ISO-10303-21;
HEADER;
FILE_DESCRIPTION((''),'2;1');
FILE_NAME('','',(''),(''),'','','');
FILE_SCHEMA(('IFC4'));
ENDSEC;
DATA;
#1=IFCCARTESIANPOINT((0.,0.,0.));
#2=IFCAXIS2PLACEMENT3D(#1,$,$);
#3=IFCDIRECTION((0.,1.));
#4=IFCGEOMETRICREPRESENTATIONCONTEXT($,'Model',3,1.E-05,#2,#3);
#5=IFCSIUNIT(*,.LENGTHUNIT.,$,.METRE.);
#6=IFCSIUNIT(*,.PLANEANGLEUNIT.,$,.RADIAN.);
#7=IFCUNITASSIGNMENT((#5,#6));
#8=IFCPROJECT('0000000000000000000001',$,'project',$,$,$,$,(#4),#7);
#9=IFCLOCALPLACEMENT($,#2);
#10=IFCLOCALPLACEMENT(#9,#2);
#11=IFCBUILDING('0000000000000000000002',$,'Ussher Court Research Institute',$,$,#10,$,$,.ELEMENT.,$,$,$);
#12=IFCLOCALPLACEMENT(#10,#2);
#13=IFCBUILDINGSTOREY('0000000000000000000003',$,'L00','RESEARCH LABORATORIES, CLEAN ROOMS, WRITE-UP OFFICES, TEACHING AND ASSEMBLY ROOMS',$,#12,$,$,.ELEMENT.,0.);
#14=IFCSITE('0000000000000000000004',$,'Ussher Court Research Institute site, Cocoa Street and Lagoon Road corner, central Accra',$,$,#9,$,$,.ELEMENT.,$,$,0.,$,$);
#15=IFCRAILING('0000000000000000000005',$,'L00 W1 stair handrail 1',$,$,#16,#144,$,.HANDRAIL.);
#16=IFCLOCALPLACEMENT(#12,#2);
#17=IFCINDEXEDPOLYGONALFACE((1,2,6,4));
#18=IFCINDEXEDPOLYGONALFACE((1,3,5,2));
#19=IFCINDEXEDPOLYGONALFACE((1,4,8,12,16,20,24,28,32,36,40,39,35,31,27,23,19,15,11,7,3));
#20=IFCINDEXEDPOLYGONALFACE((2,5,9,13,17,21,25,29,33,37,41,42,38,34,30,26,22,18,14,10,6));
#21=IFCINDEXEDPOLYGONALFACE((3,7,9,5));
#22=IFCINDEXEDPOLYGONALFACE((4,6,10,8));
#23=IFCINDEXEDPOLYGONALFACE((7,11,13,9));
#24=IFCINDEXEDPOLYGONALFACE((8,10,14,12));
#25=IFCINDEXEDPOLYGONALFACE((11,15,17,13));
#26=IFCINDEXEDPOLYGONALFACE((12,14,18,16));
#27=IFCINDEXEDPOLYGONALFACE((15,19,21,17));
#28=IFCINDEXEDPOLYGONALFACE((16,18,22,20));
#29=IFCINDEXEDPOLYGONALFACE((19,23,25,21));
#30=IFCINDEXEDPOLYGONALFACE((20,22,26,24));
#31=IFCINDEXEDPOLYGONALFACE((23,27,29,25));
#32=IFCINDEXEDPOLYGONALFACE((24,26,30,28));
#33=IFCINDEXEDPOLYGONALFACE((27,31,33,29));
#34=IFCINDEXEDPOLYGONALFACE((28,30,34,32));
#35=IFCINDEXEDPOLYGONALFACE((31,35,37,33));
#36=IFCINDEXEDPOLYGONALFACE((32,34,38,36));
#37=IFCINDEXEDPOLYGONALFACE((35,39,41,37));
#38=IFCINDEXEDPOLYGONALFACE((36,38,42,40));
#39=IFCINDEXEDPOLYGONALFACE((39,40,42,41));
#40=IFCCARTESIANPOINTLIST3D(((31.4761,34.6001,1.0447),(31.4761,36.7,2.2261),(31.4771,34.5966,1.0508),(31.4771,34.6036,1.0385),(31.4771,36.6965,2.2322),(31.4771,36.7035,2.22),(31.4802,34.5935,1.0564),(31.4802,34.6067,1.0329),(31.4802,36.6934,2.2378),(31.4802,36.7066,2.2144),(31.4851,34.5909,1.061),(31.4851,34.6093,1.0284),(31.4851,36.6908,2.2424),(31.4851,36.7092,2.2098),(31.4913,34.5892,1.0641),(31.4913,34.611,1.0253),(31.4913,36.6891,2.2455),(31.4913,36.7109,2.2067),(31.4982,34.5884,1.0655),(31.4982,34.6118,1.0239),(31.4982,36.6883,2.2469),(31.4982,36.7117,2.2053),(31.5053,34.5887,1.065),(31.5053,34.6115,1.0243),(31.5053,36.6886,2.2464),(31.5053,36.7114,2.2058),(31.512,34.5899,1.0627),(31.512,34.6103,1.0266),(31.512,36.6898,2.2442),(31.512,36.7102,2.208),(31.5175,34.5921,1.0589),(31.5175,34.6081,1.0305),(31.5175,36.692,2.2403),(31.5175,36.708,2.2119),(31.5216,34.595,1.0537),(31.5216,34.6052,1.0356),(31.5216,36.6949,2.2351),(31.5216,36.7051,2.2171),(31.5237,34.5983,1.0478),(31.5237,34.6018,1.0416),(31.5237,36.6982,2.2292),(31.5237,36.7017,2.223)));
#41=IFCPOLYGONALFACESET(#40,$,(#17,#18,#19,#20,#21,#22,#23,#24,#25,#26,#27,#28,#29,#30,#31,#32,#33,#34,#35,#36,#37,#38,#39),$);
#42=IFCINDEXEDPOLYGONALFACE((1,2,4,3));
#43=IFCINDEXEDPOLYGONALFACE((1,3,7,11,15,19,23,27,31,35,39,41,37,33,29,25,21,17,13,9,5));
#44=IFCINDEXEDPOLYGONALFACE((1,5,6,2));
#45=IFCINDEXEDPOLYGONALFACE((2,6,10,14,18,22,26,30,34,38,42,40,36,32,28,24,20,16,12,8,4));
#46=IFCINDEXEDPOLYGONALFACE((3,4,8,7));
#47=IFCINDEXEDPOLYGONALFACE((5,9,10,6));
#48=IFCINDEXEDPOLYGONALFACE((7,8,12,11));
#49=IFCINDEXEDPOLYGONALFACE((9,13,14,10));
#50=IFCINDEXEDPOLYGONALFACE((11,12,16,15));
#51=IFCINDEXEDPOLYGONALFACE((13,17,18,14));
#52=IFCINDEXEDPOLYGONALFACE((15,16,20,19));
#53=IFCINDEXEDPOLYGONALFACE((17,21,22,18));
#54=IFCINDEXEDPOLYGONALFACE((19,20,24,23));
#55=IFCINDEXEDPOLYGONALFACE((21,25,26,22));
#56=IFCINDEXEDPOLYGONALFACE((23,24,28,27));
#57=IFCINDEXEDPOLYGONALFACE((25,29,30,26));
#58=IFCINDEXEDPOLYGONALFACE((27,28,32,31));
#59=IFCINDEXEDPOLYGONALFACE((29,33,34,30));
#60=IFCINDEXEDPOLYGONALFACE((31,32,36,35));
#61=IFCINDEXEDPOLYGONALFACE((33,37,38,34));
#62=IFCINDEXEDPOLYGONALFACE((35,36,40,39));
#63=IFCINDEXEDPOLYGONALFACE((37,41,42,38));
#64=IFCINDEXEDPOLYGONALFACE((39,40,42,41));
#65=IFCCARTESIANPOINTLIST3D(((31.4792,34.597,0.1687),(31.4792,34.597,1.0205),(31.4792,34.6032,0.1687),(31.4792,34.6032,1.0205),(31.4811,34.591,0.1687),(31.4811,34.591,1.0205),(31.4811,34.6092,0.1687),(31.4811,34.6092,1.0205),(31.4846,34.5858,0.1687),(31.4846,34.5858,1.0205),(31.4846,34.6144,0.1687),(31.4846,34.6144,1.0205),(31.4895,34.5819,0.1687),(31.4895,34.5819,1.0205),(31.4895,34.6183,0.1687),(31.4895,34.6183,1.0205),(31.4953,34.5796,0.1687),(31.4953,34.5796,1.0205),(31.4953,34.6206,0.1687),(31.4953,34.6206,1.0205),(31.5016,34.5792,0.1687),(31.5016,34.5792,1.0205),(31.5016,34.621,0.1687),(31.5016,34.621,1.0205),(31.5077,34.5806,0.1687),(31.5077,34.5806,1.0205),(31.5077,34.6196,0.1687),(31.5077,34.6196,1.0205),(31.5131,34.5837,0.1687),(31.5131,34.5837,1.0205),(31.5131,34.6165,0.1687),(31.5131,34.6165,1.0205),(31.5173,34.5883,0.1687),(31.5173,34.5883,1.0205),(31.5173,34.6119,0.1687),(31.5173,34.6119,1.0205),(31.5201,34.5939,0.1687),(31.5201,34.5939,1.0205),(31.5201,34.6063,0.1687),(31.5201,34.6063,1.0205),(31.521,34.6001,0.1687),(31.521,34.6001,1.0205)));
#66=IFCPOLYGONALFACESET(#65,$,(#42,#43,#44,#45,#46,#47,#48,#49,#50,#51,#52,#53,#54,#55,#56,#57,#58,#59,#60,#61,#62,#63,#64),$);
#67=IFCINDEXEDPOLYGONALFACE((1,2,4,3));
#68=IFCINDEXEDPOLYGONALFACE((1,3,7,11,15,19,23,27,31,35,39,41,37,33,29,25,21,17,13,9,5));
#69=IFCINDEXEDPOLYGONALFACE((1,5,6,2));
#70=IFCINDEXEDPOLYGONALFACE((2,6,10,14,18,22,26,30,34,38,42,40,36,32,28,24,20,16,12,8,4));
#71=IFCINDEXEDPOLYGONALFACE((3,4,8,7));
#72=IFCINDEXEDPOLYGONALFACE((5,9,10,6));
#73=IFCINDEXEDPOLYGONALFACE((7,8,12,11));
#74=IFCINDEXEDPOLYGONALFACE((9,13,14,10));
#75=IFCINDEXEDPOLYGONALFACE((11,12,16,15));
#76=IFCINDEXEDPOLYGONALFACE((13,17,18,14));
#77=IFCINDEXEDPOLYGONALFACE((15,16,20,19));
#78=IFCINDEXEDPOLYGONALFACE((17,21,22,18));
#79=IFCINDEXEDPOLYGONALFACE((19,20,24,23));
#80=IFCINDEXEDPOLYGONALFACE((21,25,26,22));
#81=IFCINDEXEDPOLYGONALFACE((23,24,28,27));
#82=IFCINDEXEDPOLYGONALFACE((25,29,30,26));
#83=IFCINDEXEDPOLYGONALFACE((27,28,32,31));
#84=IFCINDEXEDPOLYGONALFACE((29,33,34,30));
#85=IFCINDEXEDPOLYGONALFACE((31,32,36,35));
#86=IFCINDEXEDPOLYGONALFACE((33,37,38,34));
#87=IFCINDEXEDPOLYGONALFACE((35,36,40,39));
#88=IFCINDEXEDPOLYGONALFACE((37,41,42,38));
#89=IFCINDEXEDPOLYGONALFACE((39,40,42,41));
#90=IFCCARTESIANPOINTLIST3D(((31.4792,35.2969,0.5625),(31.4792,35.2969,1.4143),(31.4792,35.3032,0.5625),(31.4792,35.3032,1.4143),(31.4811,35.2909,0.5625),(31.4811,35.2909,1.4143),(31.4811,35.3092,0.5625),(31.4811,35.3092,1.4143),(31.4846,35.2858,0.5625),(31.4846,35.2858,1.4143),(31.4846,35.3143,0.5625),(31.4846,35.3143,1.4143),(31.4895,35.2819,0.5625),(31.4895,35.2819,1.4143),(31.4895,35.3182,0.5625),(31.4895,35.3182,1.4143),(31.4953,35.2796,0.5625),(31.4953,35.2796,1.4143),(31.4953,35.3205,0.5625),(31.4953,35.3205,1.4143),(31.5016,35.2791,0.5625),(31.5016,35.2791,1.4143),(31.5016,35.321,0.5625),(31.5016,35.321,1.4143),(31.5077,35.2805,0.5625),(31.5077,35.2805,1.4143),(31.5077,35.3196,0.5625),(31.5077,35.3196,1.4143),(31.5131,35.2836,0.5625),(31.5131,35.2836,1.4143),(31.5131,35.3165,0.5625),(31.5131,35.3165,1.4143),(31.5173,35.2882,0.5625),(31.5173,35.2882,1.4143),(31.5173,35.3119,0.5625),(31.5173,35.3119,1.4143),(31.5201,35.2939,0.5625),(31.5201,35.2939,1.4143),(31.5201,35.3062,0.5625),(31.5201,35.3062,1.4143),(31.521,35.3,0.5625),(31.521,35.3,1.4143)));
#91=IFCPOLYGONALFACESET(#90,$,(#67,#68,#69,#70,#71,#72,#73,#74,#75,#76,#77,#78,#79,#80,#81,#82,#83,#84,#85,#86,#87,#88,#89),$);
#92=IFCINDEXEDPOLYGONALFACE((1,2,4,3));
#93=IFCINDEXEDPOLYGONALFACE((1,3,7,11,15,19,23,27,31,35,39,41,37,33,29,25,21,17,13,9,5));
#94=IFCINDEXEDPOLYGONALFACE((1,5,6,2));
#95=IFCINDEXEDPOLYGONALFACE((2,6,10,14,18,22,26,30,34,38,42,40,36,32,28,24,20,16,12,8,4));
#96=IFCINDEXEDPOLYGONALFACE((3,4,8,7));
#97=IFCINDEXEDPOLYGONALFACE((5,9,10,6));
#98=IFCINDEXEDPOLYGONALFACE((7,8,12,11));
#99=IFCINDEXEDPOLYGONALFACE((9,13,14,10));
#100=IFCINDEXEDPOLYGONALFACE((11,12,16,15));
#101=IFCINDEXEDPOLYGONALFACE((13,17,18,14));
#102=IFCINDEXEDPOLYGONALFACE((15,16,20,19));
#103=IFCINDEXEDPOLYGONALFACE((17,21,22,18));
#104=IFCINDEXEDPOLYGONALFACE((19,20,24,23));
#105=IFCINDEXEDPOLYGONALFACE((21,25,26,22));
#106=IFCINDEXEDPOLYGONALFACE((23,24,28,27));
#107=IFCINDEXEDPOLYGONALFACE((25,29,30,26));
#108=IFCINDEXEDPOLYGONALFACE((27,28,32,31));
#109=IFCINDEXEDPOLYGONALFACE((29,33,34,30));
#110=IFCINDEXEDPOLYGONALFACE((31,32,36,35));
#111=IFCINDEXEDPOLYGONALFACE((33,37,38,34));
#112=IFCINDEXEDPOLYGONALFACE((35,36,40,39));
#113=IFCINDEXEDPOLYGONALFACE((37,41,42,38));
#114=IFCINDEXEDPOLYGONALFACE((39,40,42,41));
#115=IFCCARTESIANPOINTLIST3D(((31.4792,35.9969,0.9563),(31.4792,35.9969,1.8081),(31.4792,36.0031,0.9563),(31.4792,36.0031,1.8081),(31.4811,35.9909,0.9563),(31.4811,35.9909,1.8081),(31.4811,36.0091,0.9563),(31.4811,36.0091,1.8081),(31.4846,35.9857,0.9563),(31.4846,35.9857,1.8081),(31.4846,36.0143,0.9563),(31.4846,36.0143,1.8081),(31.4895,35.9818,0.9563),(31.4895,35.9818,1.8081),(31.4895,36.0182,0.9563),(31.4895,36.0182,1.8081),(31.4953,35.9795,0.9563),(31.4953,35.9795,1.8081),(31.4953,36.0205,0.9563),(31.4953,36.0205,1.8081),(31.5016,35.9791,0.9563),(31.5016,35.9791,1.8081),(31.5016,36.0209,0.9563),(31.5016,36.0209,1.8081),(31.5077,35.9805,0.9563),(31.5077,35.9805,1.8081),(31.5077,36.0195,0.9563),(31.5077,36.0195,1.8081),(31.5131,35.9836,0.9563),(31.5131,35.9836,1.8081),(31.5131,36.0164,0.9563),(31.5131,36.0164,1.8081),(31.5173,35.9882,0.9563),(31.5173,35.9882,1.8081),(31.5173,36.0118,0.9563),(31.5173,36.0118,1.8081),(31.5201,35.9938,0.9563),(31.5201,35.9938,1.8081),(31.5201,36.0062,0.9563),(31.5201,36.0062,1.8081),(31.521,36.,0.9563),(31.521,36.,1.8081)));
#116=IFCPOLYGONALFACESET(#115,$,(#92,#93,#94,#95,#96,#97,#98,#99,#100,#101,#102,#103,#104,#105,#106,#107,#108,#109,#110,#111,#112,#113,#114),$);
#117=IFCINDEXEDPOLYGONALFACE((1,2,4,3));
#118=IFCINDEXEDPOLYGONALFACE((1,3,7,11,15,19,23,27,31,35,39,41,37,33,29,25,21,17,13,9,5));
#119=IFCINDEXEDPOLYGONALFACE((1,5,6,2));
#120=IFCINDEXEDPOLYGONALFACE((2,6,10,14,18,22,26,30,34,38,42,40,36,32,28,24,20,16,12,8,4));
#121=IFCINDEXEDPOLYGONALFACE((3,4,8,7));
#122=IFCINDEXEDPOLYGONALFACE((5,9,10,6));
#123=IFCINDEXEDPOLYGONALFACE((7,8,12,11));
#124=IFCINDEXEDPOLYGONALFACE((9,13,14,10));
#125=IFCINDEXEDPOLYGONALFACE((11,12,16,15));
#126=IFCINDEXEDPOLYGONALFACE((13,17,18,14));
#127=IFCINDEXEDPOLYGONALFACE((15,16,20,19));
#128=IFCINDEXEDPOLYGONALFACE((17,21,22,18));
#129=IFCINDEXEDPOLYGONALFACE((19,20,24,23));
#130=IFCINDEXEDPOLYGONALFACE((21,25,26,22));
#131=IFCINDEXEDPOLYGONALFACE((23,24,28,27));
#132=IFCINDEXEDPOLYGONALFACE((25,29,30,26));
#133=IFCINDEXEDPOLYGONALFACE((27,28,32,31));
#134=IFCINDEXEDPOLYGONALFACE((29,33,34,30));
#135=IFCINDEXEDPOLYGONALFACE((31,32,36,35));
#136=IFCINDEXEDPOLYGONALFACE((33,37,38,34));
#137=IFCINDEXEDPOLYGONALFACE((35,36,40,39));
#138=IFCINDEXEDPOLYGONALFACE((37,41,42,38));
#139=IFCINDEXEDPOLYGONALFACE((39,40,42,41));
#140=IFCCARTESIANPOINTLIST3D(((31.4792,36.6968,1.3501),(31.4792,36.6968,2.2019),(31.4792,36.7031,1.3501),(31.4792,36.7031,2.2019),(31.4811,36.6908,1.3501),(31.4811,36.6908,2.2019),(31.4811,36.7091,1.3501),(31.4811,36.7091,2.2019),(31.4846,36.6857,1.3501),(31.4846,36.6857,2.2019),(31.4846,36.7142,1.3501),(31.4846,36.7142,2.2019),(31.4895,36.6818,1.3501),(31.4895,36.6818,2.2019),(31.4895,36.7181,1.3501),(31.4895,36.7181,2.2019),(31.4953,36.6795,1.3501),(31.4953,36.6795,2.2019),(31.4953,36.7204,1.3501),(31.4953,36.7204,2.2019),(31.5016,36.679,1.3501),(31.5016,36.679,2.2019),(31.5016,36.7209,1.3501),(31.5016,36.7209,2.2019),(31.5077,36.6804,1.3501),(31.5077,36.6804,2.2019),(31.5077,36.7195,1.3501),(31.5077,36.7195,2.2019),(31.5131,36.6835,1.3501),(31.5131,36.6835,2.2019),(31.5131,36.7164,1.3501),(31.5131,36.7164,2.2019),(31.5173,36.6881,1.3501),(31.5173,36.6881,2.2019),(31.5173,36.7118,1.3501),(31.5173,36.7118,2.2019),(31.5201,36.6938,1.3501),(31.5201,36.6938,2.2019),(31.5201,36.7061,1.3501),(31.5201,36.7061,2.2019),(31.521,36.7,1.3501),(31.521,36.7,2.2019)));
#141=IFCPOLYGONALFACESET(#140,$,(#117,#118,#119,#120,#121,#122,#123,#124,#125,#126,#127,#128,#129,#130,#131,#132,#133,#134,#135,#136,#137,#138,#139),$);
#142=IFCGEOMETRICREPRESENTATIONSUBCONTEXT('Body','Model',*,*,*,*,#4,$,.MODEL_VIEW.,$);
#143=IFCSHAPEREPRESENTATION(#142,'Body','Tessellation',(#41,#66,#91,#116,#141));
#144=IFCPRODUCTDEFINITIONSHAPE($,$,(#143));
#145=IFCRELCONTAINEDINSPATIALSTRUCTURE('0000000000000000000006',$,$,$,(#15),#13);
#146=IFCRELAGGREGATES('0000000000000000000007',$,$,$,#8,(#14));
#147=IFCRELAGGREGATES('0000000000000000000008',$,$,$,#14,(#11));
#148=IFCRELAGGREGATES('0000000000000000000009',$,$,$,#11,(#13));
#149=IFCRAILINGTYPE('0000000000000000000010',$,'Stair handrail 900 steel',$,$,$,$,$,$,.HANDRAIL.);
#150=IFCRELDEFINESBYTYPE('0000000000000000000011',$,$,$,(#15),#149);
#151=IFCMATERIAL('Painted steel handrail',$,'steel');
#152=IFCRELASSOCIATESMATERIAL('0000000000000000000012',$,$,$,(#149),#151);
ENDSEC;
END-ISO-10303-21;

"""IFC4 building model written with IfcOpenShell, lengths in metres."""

from ifc_helpers import new_model, si_unit, direction, frame, origin, origin_2d, place, context, subcontext, project, spatial, circle, extrude, material, type_object, element, save


model = new_model("IFC4")

# Units and contexts
model_context = context("Model", 3, precision=1e-05, world=origin(), true_north=direction((0.0, 1.0)))
body_context = subcontext(model_context, "Body", "Model", "MODEL_VIEW")
ifc_project = project(units=[si_unit("LENGTHUNIT", "METRE"), si_unit("PLANEANGLEUNIT", "RADIAN")], contexts=[model_context])

# Site, building, storey
site_placement = place(None, origin())
site = spatial("IfcSite", under=ifc_project, at=site_placement, Name="Ussher Court Research Institute site, Cocoa Street and Lagoon Road corner, central Accra", CompositionType="ELEMENT", RefElevation=0.0)
building_placement = place(site_placement, origin())
building = spatial("IfcBuilding", under=site, at=building_placement, Name="Ussher Court Research Institute", CompositionType="ELEMENT")
storey_placement = place(building_placement, origin())
storey = spatial("IfcBuildingStorey", under=building, at=storey_placement, Name="L00", Description="RESEARCH LABORATORIES, CLEAN ROOMS, WRITE-UP OFFICES, TEACHING AND ASSEMBLY ROOMS", CompositionType="ELEMENT", Elevation=0.0)

# Railing
ifc_material_1 = material(Name="Painted steel handrail", Category="steel")
railing_type_1 = type_object("IfcRailingType", Name="Stair handrail 900 steel", PredefinedType="HANDRAIL", material=ifc_material_1)
for number, where, name in (
    (1, (31.5, 34.6001, 0.1687), "L00 W1 stair handrail 1"),
):
    element("IfcRailing", number, at=place(storey_placement, frame(where)), inside=storey, type_object=railing_type_1, Name=name, PredefinedType="HANDRAIL", context=body_context, shape_type="SweptSolid", body=[
        extrude(circle(Radius=0.0239, at=origin_2d()), frame((0.0, 0.0, 0.876), z_axis=(0.0, 0.871535, 0.490333), x_axis=(-1.0, 0.0, 0.0)), (0.0, 0.0, 1.0), 2.4094),
        extrude(circle(Radius=0.021, at=origin_2d()), origin(), (0.0, 0.0, 1.0), 0.8518),
        extrude(circle(Radius=0.021, at=origin_2d()), frame((0.0, 0.7, 0.3938)), (0.0, 0.0, 1.0), 0.8518),
        extrude(circle(Radius=0.021, at=origin_2d()), frame((0.0, 1.3999, 0.7876)), (0.0, 0.0, 1.0), 0.8518),
        extrude(circle(Radius=0.021, at=origin_2d()), frame((0.0, 2.0999, 1.1814)), (0.0, 0.0, 1.0), 0.8518),
    ])

save(model, "model.ifc")
